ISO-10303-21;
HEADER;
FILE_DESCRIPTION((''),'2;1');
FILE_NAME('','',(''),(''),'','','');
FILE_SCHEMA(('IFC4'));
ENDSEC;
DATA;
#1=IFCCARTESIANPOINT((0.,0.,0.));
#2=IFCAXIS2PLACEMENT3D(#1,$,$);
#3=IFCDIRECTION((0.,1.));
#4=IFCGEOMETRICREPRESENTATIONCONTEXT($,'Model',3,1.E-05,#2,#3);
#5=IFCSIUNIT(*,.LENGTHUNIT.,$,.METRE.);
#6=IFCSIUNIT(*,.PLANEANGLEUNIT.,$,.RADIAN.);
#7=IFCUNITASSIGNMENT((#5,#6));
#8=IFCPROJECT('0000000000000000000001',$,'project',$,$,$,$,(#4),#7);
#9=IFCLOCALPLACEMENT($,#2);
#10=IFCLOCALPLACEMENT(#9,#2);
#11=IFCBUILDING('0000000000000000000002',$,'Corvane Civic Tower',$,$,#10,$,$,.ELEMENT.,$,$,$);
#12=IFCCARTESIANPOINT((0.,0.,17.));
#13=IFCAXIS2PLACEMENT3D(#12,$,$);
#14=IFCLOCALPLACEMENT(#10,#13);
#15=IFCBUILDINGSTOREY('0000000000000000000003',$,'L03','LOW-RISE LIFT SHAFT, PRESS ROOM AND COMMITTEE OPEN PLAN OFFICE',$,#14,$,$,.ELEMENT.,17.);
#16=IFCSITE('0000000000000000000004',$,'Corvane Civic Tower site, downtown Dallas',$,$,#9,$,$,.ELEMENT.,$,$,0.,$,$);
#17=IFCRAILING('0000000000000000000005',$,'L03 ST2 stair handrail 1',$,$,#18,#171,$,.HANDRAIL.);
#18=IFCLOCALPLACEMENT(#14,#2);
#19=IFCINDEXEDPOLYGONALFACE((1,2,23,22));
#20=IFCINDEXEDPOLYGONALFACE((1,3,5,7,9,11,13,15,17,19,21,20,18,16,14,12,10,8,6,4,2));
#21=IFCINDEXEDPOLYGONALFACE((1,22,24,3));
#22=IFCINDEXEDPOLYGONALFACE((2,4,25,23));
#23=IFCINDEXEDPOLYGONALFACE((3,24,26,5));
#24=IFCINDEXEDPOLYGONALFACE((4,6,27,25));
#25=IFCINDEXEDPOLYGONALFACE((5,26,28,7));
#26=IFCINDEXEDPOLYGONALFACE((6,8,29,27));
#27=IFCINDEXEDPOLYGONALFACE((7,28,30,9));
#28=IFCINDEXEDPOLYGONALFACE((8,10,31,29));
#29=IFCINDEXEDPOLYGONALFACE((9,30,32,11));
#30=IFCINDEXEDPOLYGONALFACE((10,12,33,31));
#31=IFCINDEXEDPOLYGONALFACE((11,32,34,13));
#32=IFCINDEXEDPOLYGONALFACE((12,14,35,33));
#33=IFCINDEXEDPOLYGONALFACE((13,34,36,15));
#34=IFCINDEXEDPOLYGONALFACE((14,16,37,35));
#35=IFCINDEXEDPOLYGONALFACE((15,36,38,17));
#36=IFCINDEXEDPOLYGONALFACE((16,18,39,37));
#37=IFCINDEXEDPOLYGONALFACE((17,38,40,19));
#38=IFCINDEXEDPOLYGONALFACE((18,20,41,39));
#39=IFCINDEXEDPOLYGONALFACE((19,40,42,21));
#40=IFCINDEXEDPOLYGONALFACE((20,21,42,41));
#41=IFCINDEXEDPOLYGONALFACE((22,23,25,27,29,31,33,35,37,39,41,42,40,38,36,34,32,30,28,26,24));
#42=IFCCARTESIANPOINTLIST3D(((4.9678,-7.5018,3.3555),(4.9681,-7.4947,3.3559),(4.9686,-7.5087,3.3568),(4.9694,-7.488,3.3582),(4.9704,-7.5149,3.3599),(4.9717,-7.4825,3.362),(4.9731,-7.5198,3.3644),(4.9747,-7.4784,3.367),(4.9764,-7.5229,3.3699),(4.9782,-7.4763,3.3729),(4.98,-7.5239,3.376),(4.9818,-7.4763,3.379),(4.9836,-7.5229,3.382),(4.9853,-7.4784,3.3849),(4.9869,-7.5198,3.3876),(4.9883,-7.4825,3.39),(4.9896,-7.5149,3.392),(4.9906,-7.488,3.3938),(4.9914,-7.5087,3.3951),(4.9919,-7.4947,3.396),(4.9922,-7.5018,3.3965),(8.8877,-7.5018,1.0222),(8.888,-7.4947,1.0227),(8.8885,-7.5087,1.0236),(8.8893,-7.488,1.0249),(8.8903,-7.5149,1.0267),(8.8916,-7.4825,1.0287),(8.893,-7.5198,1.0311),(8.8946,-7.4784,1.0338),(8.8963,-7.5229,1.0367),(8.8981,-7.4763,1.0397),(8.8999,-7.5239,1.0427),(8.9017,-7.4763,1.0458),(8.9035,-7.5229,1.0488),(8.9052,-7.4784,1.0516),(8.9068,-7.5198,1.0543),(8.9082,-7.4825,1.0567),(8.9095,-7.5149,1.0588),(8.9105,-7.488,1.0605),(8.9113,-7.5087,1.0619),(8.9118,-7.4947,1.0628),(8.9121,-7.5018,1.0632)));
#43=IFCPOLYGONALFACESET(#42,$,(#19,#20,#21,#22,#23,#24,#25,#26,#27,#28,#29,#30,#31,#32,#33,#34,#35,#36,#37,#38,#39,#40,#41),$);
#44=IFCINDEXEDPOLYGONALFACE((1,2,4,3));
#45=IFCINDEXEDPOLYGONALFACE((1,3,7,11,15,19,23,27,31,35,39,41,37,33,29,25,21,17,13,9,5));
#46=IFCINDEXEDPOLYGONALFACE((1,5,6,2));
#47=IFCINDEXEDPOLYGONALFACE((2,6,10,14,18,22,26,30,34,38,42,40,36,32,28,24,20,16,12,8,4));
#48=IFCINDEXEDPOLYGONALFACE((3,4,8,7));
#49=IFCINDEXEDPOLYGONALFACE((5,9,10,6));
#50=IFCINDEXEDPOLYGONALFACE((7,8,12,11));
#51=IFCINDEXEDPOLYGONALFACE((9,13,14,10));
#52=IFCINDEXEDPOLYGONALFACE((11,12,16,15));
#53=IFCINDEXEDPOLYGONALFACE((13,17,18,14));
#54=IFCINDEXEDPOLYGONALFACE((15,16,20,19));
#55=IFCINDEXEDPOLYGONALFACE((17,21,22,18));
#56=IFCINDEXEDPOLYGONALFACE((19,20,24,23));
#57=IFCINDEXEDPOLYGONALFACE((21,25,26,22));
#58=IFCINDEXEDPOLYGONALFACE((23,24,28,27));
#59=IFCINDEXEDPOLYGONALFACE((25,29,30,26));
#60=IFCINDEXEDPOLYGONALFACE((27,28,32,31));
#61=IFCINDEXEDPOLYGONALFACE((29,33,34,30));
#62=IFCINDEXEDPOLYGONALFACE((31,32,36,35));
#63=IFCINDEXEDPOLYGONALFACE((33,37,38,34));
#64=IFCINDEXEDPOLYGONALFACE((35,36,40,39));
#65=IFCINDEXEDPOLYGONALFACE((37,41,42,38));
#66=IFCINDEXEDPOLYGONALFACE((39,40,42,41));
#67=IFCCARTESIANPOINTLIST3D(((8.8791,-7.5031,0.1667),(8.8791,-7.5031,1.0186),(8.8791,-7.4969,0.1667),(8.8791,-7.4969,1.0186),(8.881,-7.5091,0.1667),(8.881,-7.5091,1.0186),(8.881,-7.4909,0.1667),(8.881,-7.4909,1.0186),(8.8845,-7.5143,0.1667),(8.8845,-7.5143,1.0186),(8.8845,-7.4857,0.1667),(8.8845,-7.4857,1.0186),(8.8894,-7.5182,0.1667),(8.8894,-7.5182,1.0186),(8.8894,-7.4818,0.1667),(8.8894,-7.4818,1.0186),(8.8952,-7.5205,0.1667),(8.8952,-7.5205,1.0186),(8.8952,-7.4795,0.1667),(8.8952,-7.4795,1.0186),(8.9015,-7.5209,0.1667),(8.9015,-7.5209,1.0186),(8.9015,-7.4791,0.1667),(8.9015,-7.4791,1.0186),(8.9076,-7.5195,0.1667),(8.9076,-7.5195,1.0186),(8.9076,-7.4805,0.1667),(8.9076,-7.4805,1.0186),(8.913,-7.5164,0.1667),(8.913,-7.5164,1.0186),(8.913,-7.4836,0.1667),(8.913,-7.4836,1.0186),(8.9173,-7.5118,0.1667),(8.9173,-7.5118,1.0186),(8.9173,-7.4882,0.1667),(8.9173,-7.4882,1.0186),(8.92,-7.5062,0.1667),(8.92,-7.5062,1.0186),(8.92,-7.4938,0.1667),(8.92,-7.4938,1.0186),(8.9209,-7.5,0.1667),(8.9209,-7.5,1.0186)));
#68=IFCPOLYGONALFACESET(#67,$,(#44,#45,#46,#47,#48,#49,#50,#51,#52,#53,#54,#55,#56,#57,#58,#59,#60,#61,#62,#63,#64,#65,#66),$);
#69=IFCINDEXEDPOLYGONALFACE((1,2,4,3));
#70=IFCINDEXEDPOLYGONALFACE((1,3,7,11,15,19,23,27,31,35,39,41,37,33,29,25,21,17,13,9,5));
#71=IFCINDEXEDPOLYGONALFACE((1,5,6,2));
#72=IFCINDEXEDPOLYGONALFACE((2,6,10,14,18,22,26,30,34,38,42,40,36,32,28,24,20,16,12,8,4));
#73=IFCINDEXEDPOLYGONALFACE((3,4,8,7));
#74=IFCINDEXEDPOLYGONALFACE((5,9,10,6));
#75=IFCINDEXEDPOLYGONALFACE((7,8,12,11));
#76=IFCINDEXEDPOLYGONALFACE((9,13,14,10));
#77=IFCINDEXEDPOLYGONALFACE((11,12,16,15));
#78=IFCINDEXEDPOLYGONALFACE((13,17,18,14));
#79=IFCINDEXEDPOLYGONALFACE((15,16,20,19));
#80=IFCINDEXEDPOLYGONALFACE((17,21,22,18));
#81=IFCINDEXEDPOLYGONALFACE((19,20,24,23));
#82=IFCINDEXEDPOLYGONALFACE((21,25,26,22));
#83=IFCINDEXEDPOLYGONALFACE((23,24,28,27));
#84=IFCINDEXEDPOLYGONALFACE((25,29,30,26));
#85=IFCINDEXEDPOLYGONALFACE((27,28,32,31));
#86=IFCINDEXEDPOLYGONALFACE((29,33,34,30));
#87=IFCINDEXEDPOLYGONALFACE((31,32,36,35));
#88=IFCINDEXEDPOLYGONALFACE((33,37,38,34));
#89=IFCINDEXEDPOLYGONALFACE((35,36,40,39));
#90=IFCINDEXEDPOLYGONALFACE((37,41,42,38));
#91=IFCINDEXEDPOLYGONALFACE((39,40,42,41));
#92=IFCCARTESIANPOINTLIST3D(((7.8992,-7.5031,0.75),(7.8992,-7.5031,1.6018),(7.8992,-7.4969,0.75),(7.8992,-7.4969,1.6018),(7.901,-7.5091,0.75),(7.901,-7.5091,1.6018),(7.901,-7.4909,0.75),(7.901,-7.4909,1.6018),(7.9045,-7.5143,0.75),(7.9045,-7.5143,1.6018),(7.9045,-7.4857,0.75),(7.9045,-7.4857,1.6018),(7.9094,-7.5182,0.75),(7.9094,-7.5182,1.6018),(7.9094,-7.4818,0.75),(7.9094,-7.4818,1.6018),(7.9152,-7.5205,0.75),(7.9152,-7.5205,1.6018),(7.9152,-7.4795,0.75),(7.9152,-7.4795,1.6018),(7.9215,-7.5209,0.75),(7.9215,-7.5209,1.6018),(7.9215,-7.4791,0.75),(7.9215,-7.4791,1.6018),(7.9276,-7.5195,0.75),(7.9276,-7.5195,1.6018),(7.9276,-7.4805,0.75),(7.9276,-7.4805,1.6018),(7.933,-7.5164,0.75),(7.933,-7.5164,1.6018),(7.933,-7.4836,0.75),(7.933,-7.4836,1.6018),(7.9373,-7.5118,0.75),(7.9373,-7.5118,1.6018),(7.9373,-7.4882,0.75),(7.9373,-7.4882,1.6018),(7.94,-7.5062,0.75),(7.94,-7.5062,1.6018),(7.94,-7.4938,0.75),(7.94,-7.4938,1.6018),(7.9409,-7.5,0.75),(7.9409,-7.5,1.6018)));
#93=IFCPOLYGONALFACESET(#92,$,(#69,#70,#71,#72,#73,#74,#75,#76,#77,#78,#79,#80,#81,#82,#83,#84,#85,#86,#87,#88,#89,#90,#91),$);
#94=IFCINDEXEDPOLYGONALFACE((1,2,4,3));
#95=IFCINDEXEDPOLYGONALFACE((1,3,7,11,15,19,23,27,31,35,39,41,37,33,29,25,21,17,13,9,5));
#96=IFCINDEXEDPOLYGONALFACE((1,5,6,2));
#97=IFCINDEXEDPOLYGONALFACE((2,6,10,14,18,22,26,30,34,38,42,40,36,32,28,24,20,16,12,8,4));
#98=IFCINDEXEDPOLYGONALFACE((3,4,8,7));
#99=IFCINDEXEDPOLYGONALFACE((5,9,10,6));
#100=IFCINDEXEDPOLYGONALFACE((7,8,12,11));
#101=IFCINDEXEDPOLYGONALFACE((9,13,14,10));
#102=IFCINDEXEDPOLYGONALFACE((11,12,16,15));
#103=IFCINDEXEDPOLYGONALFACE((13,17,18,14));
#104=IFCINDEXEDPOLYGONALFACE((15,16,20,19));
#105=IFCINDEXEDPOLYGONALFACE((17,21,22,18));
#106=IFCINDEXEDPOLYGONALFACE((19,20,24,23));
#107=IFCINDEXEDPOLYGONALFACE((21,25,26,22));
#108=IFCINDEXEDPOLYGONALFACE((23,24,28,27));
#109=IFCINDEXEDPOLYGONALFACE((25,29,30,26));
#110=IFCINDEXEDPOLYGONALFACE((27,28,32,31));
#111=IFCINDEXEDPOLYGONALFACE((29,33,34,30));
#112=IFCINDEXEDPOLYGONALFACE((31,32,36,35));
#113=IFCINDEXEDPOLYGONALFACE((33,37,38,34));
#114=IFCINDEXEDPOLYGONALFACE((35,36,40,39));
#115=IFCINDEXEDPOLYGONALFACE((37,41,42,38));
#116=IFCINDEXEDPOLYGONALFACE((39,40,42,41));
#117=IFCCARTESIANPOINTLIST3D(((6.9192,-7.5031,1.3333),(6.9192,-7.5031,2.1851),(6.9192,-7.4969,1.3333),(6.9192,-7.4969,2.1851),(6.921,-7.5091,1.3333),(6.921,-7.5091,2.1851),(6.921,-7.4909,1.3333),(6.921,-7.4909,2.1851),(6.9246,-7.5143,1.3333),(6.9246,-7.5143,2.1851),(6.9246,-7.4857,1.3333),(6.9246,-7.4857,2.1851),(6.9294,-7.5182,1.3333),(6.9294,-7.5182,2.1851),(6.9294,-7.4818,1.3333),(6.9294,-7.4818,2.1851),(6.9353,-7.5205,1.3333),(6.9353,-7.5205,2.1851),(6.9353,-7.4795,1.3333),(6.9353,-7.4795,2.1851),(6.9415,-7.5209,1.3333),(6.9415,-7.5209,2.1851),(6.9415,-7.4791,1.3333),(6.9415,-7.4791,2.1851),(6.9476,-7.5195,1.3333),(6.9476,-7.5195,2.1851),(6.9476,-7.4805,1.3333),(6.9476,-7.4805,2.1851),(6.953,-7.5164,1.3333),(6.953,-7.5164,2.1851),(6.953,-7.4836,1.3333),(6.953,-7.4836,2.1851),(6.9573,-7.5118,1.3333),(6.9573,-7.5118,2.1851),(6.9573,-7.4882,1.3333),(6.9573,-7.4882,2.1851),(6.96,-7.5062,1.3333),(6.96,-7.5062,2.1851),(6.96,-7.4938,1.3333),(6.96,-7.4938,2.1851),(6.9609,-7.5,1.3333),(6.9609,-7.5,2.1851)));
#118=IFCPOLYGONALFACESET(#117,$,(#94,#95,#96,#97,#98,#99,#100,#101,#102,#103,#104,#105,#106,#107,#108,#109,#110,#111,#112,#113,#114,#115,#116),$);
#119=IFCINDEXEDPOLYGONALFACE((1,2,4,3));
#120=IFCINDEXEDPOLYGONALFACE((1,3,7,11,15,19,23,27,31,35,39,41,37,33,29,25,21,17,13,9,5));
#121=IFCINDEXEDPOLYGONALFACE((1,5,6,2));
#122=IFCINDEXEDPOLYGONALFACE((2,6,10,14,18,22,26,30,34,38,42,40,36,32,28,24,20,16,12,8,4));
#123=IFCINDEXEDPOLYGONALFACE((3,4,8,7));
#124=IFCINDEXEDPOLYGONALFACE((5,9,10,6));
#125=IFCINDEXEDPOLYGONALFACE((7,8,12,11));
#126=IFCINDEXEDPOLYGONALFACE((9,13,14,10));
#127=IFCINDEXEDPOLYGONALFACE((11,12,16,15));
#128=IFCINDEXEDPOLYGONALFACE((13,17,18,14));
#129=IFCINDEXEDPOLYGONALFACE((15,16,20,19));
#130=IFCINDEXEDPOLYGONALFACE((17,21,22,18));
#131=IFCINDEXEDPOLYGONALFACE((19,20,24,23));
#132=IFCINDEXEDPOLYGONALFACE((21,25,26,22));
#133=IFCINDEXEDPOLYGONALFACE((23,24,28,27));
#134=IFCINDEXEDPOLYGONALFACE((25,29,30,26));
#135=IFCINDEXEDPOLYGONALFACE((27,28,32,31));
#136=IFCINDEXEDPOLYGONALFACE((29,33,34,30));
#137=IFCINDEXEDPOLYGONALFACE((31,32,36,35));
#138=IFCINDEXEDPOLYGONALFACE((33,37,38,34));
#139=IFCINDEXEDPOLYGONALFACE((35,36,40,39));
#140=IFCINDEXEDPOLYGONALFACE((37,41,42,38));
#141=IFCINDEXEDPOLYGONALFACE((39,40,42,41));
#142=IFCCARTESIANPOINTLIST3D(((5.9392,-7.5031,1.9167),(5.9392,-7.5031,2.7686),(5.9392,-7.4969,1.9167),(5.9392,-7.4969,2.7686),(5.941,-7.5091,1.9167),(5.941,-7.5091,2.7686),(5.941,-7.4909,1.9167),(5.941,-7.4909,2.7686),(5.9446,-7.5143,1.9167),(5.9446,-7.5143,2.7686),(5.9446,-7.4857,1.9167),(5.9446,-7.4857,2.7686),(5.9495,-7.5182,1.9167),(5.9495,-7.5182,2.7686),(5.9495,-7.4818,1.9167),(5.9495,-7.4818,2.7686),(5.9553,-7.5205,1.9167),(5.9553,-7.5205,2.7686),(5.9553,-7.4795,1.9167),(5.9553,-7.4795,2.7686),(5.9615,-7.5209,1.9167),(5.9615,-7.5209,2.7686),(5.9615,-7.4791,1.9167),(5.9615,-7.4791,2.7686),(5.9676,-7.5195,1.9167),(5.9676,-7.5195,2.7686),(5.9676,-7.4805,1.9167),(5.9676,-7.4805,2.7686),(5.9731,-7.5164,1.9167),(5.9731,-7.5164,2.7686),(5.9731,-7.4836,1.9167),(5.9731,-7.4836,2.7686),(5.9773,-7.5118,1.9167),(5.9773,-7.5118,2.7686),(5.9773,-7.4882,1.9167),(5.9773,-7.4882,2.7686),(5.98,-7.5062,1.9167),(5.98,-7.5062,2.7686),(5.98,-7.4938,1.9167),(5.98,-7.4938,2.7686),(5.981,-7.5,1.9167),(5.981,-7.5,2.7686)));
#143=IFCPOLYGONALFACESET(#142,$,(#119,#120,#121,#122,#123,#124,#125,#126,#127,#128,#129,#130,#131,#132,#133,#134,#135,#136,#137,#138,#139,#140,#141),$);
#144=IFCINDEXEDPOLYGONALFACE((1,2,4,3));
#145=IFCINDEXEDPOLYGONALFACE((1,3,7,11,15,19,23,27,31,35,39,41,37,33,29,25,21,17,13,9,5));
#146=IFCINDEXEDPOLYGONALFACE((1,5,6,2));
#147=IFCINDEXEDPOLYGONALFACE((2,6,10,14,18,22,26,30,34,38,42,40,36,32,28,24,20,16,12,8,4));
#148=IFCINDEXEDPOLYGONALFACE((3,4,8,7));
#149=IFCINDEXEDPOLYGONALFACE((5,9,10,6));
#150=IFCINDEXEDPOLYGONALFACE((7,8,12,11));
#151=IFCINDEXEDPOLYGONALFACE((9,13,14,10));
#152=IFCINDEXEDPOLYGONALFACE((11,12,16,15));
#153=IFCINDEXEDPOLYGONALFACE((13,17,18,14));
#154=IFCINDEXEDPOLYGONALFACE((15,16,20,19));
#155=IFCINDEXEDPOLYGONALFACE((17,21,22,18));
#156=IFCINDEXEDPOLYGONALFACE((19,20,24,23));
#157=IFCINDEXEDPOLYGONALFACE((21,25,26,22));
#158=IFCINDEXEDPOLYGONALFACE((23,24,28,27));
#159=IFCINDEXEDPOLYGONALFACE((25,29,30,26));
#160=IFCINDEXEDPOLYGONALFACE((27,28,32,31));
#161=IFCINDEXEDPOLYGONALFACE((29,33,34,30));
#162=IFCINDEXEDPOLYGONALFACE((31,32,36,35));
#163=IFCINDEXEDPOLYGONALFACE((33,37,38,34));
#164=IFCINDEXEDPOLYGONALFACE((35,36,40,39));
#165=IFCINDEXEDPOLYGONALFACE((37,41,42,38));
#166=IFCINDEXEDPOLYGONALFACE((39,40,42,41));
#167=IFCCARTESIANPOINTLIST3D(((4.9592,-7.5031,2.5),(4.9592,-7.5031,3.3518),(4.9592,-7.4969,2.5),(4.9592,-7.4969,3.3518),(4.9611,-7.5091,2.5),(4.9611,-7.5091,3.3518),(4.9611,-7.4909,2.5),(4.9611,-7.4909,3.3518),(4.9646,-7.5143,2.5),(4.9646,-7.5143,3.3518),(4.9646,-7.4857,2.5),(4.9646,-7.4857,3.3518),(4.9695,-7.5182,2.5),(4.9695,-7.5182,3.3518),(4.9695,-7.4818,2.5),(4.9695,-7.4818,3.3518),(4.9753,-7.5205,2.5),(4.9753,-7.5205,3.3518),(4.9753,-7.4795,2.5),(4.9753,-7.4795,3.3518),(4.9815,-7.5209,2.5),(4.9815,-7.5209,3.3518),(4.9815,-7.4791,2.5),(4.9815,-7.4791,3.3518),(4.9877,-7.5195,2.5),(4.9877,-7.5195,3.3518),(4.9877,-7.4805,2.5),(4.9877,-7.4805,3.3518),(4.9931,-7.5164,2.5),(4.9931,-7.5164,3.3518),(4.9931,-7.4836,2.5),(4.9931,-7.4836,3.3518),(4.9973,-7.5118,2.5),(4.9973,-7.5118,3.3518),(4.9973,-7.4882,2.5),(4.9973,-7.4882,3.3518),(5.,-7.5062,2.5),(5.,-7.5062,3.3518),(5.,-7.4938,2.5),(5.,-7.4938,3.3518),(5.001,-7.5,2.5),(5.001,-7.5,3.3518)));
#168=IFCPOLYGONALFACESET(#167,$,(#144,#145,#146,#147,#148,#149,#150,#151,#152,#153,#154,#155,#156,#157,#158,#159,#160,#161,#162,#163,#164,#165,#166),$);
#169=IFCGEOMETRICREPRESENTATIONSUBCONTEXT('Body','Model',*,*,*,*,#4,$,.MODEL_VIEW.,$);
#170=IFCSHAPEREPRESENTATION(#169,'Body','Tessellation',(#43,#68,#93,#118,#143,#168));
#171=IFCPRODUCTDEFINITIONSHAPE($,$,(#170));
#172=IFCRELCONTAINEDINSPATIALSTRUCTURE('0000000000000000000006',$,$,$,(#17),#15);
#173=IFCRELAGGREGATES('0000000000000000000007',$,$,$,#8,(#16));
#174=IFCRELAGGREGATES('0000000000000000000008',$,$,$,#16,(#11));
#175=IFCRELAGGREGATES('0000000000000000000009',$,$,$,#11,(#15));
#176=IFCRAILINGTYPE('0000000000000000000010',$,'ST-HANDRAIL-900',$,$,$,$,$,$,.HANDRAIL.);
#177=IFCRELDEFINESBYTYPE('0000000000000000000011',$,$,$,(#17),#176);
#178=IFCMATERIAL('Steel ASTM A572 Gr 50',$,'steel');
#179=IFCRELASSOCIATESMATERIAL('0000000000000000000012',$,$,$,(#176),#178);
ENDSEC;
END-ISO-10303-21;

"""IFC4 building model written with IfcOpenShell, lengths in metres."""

from ifc_helpers import new_model, si_unit, direction, frame, origin, origin_2d, place, context, subcontext, project, spatial, circle, extrude, material, type_object, element, save


model = new_model("IFC4")

# Units and contexts
model_context = context("Model", 3, precision=1e-05, world=origin(), true_north=direction((0.0, 1.0)))
body_context = subcontext(model_context, "Body", "Model", "MODEL_VIEW")
ifc_project = project(units=[si_unit("LENGTHUNIT", "METRE"), si_unit("PLANEANGLEUNIT", "RADIAN")], contexts=[model_context])

# Site, building, storey
site_placement = place(None, origin())
site = spatial("IfcSite", under=ifc_project, at=site_placement, Name="Corvane Civic Tower site, downtown Dallas", CompositionType="ELEMENT", RefElevation=0.0)
building_placement = place(site_placement, origin())
building = spatial("IfcBuilding", under=site, at=building_placement, Name="Corvane Civic Tower", CompositionType="ELEMENT")
storey_placement = place(building_placement, frame((0.0, 0.0, 17.0)))
storey = spatial("IfcBuildingStorey", under=building, at=storey_placement, Name="L03", Description="LOW-RISE LIFT SHAFT, PRESS ROOM AND COMMITTEE OPEN PLAN OFFICE", CompositionType="ELEMENT", Elevation=17.0)

# Railing
ifc_material_1 = material(Name="Steel ASTM A572 Gr 50", Category="steel")
railing_type_1 = type_object("IfcRailingType", Name="ST-HANDRAIL-900", PredefinedType="HANDRAIL", material=ifc_material_1)
railing_1_placement = place(storey_placement, frame((8.8999, -7.5, 0.1667)))
element("IfcRailing", 1, at=railing_1_placement, inside=storey, type_object=railing_type_1, Name="L03 ST2 stair handrail 1", PredefinedType="HANDRAIL", context=body_context, shape_type="SweptSolid", body=[
    extrude(circle(Radius=0.0239, at=origin_2d()), frame((0.0, 0.0, 0.876), z_axis=(-0.859296, 0.0, 0.511478), x_axis=(0.0, -1.0, 0.0)), (0.0, 0.0, 1.0), 4.5618),
    extrude(circle(Radius=0.021, at=origin_2d()), origin(), (0.0, 0.0, 1.0), 0.8518),
    extrude(circle(Radius=0.021, at=origin_2d()), frame((-0.98, 0.0, 0.5833)), (0.0, 0.0, 1.0), 0.8518),
    extrude(circle(Radius=0.021, at=origin_2d()), frame((-1.96, 0.0, 1.1665)), (0.0, 0.0, 1.0), 0.8518),
    extrude(circle(Radius=0.021, at=origin_2d()), frame((-2.9399, 0.0, 1.75)), (0.0, 0.0, 1.0), 0.8518),
    extrude(circle(Radius=0.021, at=origin_2d()), frame((-3.9199, 0.0, 2.3333)), (0.0, 0.0, 1.0), 0.8518),
])

save(model, "model.ifc")
